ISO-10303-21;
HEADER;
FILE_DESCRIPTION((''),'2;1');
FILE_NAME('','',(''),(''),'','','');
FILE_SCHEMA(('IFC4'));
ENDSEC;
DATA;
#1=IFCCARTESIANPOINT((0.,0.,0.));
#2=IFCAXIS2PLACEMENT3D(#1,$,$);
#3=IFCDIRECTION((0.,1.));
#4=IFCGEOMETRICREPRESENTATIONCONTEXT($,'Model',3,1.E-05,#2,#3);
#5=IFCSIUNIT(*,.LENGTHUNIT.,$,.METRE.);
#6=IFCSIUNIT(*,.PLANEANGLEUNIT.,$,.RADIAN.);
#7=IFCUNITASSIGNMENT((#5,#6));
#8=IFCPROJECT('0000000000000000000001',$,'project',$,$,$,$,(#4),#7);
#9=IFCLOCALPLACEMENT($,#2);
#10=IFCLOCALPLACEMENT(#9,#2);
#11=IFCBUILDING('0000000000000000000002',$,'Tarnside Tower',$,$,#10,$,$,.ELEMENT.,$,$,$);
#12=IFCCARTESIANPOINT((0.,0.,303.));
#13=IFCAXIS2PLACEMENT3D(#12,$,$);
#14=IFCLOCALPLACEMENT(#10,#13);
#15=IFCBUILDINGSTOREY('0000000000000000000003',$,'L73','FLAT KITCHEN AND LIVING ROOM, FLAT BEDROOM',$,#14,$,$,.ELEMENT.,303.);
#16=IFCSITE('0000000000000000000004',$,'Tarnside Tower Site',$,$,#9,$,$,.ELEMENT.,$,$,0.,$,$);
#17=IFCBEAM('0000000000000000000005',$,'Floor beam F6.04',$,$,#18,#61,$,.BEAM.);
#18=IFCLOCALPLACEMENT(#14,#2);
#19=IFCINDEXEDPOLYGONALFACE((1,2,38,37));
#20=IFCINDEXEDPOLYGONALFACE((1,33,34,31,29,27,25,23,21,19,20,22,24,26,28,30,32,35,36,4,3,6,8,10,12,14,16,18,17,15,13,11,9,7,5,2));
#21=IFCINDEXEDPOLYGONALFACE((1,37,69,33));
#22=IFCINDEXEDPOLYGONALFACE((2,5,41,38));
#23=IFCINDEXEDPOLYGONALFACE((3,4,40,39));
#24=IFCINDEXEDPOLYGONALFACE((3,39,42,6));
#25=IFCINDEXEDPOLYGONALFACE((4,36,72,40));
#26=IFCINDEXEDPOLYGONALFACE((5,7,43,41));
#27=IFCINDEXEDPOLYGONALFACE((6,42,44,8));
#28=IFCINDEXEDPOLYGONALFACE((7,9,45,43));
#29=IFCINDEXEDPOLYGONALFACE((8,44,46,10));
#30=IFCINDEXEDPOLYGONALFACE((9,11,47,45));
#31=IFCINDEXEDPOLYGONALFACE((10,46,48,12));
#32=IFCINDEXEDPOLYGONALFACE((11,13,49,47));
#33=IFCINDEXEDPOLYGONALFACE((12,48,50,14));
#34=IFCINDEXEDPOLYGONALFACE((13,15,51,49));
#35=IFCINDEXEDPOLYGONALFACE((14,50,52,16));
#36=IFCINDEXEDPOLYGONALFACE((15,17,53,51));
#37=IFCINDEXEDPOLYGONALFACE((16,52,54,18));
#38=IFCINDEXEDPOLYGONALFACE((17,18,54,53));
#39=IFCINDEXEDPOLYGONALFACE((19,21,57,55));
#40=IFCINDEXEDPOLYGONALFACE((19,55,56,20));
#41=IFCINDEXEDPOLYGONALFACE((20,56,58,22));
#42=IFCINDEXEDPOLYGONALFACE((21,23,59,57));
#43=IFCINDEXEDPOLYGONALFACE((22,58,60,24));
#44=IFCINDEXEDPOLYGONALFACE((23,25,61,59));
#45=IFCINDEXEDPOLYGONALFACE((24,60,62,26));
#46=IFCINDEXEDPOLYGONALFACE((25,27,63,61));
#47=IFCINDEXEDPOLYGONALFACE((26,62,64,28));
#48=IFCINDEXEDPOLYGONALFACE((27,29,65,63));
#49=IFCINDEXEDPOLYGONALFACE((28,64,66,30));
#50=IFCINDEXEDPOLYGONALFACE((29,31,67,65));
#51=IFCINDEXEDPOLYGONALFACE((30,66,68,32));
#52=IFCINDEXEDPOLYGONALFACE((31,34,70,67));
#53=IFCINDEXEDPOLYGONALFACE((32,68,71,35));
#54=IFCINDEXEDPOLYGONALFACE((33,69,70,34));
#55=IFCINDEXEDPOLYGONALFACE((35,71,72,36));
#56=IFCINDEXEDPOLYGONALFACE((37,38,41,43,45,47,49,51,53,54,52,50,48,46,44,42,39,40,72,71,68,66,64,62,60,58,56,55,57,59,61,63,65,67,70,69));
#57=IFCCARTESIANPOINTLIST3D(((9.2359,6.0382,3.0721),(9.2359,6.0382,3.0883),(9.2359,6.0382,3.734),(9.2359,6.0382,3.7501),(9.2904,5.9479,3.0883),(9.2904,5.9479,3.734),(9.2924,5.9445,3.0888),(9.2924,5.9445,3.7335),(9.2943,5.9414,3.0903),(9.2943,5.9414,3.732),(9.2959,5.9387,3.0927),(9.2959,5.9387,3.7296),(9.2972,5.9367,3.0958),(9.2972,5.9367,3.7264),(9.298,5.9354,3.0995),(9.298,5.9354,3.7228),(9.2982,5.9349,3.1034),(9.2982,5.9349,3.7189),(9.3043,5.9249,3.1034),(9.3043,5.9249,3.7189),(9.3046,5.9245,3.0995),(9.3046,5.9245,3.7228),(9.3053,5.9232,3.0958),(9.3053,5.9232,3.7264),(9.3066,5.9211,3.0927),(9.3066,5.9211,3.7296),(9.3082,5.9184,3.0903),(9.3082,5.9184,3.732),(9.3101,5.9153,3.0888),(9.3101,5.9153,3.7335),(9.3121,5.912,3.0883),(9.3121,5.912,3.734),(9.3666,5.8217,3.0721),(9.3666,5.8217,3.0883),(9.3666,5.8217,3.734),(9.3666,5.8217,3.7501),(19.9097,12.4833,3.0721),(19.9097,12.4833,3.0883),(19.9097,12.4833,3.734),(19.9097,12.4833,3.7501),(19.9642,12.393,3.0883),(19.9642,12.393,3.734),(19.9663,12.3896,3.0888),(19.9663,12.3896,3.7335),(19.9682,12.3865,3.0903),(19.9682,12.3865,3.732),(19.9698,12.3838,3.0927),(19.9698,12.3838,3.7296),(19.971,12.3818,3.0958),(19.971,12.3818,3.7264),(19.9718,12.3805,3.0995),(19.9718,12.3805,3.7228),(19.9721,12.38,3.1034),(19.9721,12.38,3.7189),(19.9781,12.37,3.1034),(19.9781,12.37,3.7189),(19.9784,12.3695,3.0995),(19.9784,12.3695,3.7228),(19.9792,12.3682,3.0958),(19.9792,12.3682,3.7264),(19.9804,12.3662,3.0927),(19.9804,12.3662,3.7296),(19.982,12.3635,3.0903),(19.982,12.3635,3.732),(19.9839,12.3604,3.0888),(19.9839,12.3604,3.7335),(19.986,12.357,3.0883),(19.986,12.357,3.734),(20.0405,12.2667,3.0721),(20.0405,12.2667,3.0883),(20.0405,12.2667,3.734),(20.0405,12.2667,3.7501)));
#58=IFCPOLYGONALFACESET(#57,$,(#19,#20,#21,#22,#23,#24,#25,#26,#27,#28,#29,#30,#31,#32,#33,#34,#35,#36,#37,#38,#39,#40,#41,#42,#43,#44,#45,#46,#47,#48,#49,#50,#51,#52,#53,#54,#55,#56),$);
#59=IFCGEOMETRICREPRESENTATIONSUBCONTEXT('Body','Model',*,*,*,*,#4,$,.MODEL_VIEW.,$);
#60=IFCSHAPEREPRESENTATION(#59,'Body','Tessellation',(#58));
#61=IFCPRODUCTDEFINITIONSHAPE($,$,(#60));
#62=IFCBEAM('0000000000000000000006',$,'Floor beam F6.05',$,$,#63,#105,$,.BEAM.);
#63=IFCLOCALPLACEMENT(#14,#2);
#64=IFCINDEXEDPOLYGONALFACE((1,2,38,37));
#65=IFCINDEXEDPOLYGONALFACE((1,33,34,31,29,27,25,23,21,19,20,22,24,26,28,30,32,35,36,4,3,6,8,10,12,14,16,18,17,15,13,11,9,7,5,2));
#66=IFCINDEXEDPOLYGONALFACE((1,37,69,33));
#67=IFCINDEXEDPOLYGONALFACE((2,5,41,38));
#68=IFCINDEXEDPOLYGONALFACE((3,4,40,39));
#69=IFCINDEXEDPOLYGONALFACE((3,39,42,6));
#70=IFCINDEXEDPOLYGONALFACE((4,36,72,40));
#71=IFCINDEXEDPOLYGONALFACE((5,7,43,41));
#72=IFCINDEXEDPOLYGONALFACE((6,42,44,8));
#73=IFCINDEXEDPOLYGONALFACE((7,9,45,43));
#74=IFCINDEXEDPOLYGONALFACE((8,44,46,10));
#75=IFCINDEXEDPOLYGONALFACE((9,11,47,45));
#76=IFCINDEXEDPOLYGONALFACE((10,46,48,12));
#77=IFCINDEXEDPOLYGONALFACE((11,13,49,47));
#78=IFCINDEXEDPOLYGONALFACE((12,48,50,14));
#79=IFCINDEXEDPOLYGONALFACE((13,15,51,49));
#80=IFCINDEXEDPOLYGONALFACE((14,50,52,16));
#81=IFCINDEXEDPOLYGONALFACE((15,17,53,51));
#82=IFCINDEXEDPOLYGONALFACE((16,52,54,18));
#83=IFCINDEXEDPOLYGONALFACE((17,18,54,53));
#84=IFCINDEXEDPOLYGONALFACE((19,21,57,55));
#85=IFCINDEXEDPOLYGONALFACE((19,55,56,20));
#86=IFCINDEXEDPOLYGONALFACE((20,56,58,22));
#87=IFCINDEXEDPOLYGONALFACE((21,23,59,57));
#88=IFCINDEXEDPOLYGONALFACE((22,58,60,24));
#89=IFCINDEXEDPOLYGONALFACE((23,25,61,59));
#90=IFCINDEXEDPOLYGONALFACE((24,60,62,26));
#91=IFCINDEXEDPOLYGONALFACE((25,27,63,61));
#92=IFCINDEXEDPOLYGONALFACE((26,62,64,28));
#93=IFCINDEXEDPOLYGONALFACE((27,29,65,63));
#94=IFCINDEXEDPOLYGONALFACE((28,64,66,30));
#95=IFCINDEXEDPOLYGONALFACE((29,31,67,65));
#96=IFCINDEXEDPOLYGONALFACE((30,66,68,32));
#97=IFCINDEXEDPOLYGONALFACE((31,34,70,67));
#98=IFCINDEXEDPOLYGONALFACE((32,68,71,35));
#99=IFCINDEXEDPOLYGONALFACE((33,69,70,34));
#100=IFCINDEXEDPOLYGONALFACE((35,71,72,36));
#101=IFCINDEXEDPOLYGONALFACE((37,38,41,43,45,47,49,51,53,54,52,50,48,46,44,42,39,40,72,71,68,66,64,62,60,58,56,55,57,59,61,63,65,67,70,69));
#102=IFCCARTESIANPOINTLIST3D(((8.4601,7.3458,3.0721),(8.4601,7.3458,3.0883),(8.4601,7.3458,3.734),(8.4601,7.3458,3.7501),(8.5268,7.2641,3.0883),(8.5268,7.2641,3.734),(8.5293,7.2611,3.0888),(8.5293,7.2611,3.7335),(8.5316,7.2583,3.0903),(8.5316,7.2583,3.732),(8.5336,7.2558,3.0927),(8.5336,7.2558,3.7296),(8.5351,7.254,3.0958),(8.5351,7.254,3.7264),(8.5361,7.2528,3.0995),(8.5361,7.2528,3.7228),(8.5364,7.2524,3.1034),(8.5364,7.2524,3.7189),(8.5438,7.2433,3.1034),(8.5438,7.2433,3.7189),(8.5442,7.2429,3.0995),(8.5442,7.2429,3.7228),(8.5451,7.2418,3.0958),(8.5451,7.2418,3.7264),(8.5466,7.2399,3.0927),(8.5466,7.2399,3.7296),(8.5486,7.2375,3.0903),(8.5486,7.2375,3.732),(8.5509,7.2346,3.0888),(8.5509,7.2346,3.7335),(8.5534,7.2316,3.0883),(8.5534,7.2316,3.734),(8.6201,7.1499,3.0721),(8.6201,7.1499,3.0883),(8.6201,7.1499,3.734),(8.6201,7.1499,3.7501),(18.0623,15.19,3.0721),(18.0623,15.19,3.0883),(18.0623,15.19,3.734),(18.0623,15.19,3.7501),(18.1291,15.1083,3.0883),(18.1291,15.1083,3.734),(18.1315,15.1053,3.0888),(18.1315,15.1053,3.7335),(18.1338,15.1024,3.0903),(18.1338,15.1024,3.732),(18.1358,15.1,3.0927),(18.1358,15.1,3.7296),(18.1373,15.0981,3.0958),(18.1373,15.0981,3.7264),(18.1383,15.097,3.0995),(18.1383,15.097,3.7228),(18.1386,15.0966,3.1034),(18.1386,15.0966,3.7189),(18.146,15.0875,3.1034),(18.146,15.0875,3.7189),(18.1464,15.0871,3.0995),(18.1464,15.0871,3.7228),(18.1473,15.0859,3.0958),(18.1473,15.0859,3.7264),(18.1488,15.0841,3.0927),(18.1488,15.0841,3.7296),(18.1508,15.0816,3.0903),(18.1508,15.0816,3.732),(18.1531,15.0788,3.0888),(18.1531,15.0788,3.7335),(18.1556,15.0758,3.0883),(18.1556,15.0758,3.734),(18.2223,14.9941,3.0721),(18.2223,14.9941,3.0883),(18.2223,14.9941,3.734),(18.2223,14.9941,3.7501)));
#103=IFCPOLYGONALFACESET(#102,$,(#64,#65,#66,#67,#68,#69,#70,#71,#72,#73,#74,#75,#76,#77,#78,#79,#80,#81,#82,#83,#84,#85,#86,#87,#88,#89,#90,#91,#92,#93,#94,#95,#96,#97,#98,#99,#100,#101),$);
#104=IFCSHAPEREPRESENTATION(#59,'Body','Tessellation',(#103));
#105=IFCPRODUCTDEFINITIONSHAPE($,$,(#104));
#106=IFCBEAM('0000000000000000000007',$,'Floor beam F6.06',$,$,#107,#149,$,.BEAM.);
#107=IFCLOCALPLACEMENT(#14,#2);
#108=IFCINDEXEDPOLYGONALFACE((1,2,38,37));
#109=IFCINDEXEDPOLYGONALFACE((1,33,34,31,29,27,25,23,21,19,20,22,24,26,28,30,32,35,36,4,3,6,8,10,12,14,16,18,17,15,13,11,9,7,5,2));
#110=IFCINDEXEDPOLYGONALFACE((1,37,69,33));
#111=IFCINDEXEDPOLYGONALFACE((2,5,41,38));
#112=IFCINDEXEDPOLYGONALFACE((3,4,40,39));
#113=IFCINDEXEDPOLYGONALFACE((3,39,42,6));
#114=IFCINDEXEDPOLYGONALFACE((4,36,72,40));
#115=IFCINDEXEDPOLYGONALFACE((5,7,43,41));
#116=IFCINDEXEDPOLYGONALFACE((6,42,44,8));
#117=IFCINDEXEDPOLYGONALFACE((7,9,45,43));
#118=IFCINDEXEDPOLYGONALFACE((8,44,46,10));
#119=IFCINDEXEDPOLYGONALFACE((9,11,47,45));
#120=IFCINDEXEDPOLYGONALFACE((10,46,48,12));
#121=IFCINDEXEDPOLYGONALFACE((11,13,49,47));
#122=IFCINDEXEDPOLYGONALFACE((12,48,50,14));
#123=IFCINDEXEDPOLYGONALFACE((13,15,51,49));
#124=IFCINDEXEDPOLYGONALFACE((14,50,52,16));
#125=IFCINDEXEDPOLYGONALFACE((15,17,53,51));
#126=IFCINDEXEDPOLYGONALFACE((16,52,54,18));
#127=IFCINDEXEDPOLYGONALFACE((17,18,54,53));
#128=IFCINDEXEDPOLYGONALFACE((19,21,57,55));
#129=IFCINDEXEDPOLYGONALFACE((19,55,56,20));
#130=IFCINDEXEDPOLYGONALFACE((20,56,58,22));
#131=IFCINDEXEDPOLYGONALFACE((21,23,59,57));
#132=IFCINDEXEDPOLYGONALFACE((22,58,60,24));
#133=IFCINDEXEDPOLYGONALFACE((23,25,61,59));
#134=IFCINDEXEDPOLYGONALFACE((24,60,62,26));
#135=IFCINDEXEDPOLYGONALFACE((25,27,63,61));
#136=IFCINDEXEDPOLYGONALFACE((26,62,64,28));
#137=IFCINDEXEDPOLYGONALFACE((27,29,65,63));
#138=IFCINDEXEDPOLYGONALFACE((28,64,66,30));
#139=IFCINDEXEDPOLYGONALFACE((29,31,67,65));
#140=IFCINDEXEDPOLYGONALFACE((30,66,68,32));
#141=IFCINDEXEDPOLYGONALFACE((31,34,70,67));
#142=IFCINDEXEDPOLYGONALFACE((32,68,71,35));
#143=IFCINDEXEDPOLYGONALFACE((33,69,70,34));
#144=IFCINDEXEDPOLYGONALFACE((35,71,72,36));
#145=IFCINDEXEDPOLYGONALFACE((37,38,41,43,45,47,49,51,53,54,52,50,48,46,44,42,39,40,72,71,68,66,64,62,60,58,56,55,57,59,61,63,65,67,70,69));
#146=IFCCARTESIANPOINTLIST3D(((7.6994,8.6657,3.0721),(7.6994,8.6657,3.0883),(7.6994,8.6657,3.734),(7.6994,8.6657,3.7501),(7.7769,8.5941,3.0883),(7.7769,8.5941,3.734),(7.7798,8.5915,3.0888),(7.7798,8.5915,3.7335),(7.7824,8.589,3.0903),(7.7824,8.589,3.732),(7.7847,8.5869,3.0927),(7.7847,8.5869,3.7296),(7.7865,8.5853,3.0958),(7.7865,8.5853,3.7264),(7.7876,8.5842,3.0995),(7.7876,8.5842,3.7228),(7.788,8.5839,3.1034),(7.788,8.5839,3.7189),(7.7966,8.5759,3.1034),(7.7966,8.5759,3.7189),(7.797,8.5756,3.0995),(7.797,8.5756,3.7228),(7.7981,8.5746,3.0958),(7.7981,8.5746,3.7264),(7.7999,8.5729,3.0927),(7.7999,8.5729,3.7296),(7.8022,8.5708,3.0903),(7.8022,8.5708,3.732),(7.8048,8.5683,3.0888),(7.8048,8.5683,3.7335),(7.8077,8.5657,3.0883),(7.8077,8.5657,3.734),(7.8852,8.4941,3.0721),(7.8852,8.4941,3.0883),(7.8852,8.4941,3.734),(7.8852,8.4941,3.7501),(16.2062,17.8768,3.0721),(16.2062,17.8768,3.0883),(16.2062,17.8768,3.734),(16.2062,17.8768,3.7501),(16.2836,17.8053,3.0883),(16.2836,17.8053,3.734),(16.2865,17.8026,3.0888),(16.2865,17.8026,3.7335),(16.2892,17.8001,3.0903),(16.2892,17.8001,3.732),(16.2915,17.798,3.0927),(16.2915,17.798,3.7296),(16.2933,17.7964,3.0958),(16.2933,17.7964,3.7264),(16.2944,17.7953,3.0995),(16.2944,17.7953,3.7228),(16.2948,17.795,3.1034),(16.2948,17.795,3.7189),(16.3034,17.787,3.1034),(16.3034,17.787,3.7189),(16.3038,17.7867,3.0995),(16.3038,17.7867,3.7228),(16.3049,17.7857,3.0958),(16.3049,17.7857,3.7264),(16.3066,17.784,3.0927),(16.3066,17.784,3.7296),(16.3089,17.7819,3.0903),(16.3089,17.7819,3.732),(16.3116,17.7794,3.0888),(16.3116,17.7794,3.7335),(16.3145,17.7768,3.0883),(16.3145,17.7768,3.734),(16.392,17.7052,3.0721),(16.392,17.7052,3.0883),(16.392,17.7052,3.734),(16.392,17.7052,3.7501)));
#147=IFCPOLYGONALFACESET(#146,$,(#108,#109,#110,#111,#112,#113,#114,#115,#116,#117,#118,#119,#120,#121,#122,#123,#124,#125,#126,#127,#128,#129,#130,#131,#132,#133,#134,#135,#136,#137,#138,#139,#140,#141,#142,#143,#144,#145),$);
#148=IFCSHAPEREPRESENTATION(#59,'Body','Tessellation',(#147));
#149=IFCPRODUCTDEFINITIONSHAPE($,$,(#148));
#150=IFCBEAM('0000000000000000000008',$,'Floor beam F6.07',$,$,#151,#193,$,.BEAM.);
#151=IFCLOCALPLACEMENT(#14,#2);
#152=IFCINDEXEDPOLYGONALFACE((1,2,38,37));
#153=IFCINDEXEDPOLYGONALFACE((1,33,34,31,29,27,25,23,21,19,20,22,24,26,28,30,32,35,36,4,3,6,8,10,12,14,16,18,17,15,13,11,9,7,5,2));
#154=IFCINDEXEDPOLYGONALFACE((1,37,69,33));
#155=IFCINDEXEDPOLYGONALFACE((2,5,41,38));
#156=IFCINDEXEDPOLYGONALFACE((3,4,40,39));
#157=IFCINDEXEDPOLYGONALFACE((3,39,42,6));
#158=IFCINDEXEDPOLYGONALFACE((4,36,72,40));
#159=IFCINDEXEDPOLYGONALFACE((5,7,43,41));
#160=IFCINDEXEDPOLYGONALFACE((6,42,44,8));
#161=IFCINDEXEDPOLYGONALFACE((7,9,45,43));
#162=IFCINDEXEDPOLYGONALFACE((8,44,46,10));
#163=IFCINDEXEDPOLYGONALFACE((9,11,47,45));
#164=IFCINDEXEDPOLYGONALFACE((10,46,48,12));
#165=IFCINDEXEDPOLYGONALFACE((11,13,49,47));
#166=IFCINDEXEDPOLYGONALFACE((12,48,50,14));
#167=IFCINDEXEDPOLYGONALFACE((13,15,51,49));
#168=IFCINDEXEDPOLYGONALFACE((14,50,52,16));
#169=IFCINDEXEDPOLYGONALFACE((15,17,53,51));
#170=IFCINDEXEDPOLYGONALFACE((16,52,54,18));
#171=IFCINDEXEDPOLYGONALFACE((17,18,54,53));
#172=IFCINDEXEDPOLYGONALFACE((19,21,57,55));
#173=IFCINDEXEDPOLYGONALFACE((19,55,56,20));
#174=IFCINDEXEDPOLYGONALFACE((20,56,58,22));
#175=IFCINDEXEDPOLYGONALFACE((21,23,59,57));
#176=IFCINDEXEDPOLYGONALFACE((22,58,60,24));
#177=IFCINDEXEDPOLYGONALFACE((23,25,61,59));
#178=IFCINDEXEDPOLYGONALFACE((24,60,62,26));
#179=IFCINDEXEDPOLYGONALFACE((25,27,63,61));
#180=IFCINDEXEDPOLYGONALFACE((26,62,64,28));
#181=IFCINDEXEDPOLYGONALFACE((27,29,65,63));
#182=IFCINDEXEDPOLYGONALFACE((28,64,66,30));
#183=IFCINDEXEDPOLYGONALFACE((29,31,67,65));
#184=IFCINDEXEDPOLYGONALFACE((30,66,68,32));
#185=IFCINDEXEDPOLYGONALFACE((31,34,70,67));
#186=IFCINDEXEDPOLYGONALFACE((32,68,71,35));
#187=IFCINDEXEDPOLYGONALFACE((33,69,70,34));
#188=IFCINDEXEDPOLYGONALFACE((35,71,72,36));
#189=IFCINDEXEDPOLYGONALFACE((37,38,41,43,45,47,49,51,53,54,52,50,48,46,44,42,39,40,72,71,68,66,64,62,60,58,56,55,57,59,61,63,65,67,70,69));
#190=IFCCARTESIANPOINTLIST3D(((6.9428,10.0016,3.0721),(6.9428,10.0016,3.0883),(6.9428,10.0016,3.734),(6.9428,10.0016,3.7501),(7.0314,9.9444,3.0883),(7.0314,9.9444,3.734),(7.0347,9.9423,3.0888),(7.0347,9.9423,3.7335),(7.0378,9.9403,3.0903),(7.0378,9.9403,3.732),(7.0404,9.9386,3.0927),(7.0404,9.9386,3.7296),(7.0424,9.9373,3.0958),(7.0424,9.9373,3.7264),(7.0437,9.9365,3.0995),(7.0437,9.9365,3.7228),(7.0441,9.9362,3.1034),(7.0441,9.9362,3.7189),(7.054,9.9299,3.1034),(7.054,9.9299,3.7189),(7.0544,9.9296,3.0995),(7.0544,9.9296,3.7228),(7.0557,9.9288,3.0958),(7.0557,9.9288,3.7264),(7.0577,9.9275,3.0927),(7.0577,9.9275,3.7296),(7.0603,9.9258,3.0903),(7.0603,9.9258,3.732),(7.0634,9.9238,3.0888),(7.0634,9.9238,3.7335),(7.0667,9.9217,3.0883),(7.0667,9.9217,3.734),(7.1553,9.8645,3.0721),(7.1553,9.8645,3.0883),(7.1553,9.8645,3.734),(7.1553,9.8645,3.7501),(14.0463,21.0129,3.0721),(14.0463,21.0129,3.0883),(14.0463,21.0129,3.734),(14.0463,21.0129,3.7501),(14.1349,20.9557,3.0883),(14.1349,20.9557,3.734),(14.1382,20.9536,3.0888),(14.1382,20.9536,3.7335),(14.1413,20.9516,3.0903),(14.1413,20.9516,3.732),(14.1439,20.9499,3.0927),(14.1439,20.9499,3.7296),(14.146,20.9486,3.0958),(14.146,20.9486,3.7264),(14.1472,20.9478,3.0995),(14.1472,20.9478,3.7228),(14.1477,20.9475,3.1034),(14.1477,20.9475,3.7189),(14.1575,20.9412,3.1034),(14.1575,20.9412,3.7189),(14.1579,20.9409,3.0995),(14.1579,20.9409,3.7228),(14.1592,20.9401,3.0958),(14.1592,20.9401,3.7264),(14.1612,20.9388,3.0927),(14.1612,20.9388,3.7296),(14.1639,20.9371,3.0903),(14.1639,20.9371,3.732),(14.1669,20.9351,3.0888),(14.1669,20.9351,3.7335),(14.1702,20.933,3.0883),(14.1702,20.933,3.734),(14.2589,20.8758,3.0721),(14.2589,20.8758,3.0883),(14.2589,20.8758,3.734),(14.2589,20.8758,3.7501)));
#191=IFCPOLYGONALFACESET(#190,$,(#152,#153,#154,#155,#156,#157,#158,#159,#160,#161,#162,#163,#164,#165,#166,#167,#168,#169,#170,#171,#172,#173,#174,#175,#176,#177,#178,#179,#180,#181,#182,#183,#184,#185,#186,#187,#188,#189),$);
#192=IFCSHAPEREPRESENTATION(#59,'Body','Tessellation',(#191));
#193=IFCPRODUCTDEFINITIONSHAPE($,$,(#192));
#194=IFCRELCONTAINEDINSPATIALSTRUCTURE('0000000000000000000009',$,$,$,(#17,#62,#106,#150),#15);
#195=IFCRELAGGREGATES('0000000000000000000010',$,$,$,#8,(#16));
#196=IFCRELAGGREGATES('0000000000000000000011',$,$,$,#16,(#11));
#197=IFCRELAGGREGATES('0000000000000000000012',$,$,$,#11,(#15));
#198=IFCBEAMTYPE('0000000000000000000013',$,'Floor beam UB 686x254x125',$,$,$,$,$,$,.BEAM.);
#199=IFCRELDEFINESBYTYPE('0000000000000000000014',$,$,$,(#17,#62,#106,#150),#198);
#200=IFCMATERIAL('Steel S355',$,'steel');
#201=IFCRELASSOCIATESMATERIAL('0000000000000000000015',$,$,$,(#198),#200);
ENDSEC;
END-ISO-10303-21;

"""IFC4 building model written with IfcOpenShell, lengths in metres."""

from ifc_helpers import new_model, si_unit, direction, frame, origin, origin_2d, place, context, subcontext, project, spatial, i_section, extrude, material, material_profile, profile_set, type_object, element, save


model = new_model("IFC4")

# Units and contexts
model_context = context("Model", 3, precision=1e-05, world=origin(), true_north=direction((0.0, 1.0)))
body_context = subcontext(model_context, "Body", "Model", "MODEL_VIEW")
ifc_project = project(units=[si_unit("LENGTHUNIT", "METRE"), si_unit("PLANEANGLEUNIT", "RADIAN")], contexts=[model_context])

# Site, building, storey
site_placement = place(None, origin())
site = spatial("IfcSite", under=ifc_project, at=site_placement, Name="Tarnside Tower Site", CompositionType="ELEMENT", RefElevation=0.0)
building_placement = place(site_placement, origin())
building = spatial("IfcBuilding", under=site, at=building_placement, Name="Tarnside Tower", CompositionType="ELEMENT")
storey_placement = place(building_placement, frame((0.0, 0.0, 303.0)))
storey = spatial("IfcBuildingStorey", under=building, at=storey_placement, Name="L73", Description="FLAT KITCHEN AND LIVING ROOM, FLAT BEDROOM", CompositionType="ELEMENT", Elevation=303.0)

# Beams
ifc_material_1 = material(Name="Steel S355", Category="steel")
ifc_material_profile_1 = material_profile(ifc_material_1, i_section(OverallWidth=0.2529, OverallDepth=0.678, WebThickness=0.0117, FlangeThickness=0.0161, FilletRadius=0.0151, at=origin_2d()), Name="UB 686x254x125")
ifc_profile_set_1 = profile_set([ifc_material_profile_1], Name="Steel S355")
beam_type_1 = type_object("IfcBeamType", Name="Floor beam UB 686x254x125", PredefinedType="BEAM", material=ifc_profile_set_1)
beam_1_placement = place(storey_placement, frame((19.9751, 12.375, 3.4111), z_axis=(-0.856047, -0.516898, 0.0), x_axis=(0.516898, -0.856047, 0.0)))
element("IfcBeam", 1, at=beam_1_placement, inside=storey, type_object=beam_type_1, Name="Floor beam F6.04", PredefinedType="BEAM", context=body_context, shape_type="SweptSolid", body=[
    extrude(i_section(OverallWidth=0.2529, OverallDepth=0.678, WebThickness=0.0117, FlangeThickness=0.0161, FilletRadius=0.0151, at=origin_2d()), origin(), (0.0, 0.0, 1.0), 12.4688),
])
beam_2_placement = place(storey_placement, frame((18.1423, 15.092, 3.4111), z_axis=(-0.774439, -0.632649, 0.0), x_axis=(0.632649, -0.774439, 0.0)))
element("IfcBeam", 2, at=beam_2_placement, inside=storey, type_object=beam_type_1, Name="Floor beam F6.05", PredefinedType="BEAM", context=body_context, shape_type="SweptSolid", body=[
    extrude(i_section(OverallWidth=0.2529, OverallDepth=0.678, WebThickness=0.0117, FlangeThickness=0.0161, FilletRadius=0.0151, at=origin_2d()), origin(), (0.0, 0.0, 1.0), 12.3989),
])
beam_3_placement = place(storey_placement, frame((16.2991, 17.791, 3.4111), z_axis=(-0.678461, -0.734636, 0.0), x_axis=(0.734636, -0.678461, 0.0)))
element("IfcBeam", 3, at=beam_3_placement, inside=storey, type_object=beam_type_1, Name="Floor beam F6.06", PredefinedType="BEAM", context=body_context, shape_type="SweptSolid", body=[
    extrude(i_section(OverallWidth=0.2529, OverallDepth=0.678, WebThickness=0.0117, FlangeThickness=0.0161, FilletRadius=0.0151, at=origin_2d()), origin(), (0.0, 0.0, 1.0), 12.5383),
])
beam_4_placement = place(storey_placement, frame((14.1526, 20.9443, 3.4111), z_axis=(-0.5421, -0.840314, 0.0), x_axis=(0.840314, -0.5421, 0.0)))
element("IfcBeam", 4, at=beam_4_placement, inside=storey, type_object=beam_type_1, Name="Floor beam F6.07", PredefinedType="BEAM", context=body_context, shape_type="SweptSolid", body=[
    extrude(i_section(OverallWidth=0.2529, OverallDepth=0.678, WebThickness=0.0117, FlangeThickness=0.0161, FilletRadius=0.0151, at=origin_2d()), origin(), (0.0, 0.0, 1.0), 13.1038),
])

save(model, "model.ifc")
